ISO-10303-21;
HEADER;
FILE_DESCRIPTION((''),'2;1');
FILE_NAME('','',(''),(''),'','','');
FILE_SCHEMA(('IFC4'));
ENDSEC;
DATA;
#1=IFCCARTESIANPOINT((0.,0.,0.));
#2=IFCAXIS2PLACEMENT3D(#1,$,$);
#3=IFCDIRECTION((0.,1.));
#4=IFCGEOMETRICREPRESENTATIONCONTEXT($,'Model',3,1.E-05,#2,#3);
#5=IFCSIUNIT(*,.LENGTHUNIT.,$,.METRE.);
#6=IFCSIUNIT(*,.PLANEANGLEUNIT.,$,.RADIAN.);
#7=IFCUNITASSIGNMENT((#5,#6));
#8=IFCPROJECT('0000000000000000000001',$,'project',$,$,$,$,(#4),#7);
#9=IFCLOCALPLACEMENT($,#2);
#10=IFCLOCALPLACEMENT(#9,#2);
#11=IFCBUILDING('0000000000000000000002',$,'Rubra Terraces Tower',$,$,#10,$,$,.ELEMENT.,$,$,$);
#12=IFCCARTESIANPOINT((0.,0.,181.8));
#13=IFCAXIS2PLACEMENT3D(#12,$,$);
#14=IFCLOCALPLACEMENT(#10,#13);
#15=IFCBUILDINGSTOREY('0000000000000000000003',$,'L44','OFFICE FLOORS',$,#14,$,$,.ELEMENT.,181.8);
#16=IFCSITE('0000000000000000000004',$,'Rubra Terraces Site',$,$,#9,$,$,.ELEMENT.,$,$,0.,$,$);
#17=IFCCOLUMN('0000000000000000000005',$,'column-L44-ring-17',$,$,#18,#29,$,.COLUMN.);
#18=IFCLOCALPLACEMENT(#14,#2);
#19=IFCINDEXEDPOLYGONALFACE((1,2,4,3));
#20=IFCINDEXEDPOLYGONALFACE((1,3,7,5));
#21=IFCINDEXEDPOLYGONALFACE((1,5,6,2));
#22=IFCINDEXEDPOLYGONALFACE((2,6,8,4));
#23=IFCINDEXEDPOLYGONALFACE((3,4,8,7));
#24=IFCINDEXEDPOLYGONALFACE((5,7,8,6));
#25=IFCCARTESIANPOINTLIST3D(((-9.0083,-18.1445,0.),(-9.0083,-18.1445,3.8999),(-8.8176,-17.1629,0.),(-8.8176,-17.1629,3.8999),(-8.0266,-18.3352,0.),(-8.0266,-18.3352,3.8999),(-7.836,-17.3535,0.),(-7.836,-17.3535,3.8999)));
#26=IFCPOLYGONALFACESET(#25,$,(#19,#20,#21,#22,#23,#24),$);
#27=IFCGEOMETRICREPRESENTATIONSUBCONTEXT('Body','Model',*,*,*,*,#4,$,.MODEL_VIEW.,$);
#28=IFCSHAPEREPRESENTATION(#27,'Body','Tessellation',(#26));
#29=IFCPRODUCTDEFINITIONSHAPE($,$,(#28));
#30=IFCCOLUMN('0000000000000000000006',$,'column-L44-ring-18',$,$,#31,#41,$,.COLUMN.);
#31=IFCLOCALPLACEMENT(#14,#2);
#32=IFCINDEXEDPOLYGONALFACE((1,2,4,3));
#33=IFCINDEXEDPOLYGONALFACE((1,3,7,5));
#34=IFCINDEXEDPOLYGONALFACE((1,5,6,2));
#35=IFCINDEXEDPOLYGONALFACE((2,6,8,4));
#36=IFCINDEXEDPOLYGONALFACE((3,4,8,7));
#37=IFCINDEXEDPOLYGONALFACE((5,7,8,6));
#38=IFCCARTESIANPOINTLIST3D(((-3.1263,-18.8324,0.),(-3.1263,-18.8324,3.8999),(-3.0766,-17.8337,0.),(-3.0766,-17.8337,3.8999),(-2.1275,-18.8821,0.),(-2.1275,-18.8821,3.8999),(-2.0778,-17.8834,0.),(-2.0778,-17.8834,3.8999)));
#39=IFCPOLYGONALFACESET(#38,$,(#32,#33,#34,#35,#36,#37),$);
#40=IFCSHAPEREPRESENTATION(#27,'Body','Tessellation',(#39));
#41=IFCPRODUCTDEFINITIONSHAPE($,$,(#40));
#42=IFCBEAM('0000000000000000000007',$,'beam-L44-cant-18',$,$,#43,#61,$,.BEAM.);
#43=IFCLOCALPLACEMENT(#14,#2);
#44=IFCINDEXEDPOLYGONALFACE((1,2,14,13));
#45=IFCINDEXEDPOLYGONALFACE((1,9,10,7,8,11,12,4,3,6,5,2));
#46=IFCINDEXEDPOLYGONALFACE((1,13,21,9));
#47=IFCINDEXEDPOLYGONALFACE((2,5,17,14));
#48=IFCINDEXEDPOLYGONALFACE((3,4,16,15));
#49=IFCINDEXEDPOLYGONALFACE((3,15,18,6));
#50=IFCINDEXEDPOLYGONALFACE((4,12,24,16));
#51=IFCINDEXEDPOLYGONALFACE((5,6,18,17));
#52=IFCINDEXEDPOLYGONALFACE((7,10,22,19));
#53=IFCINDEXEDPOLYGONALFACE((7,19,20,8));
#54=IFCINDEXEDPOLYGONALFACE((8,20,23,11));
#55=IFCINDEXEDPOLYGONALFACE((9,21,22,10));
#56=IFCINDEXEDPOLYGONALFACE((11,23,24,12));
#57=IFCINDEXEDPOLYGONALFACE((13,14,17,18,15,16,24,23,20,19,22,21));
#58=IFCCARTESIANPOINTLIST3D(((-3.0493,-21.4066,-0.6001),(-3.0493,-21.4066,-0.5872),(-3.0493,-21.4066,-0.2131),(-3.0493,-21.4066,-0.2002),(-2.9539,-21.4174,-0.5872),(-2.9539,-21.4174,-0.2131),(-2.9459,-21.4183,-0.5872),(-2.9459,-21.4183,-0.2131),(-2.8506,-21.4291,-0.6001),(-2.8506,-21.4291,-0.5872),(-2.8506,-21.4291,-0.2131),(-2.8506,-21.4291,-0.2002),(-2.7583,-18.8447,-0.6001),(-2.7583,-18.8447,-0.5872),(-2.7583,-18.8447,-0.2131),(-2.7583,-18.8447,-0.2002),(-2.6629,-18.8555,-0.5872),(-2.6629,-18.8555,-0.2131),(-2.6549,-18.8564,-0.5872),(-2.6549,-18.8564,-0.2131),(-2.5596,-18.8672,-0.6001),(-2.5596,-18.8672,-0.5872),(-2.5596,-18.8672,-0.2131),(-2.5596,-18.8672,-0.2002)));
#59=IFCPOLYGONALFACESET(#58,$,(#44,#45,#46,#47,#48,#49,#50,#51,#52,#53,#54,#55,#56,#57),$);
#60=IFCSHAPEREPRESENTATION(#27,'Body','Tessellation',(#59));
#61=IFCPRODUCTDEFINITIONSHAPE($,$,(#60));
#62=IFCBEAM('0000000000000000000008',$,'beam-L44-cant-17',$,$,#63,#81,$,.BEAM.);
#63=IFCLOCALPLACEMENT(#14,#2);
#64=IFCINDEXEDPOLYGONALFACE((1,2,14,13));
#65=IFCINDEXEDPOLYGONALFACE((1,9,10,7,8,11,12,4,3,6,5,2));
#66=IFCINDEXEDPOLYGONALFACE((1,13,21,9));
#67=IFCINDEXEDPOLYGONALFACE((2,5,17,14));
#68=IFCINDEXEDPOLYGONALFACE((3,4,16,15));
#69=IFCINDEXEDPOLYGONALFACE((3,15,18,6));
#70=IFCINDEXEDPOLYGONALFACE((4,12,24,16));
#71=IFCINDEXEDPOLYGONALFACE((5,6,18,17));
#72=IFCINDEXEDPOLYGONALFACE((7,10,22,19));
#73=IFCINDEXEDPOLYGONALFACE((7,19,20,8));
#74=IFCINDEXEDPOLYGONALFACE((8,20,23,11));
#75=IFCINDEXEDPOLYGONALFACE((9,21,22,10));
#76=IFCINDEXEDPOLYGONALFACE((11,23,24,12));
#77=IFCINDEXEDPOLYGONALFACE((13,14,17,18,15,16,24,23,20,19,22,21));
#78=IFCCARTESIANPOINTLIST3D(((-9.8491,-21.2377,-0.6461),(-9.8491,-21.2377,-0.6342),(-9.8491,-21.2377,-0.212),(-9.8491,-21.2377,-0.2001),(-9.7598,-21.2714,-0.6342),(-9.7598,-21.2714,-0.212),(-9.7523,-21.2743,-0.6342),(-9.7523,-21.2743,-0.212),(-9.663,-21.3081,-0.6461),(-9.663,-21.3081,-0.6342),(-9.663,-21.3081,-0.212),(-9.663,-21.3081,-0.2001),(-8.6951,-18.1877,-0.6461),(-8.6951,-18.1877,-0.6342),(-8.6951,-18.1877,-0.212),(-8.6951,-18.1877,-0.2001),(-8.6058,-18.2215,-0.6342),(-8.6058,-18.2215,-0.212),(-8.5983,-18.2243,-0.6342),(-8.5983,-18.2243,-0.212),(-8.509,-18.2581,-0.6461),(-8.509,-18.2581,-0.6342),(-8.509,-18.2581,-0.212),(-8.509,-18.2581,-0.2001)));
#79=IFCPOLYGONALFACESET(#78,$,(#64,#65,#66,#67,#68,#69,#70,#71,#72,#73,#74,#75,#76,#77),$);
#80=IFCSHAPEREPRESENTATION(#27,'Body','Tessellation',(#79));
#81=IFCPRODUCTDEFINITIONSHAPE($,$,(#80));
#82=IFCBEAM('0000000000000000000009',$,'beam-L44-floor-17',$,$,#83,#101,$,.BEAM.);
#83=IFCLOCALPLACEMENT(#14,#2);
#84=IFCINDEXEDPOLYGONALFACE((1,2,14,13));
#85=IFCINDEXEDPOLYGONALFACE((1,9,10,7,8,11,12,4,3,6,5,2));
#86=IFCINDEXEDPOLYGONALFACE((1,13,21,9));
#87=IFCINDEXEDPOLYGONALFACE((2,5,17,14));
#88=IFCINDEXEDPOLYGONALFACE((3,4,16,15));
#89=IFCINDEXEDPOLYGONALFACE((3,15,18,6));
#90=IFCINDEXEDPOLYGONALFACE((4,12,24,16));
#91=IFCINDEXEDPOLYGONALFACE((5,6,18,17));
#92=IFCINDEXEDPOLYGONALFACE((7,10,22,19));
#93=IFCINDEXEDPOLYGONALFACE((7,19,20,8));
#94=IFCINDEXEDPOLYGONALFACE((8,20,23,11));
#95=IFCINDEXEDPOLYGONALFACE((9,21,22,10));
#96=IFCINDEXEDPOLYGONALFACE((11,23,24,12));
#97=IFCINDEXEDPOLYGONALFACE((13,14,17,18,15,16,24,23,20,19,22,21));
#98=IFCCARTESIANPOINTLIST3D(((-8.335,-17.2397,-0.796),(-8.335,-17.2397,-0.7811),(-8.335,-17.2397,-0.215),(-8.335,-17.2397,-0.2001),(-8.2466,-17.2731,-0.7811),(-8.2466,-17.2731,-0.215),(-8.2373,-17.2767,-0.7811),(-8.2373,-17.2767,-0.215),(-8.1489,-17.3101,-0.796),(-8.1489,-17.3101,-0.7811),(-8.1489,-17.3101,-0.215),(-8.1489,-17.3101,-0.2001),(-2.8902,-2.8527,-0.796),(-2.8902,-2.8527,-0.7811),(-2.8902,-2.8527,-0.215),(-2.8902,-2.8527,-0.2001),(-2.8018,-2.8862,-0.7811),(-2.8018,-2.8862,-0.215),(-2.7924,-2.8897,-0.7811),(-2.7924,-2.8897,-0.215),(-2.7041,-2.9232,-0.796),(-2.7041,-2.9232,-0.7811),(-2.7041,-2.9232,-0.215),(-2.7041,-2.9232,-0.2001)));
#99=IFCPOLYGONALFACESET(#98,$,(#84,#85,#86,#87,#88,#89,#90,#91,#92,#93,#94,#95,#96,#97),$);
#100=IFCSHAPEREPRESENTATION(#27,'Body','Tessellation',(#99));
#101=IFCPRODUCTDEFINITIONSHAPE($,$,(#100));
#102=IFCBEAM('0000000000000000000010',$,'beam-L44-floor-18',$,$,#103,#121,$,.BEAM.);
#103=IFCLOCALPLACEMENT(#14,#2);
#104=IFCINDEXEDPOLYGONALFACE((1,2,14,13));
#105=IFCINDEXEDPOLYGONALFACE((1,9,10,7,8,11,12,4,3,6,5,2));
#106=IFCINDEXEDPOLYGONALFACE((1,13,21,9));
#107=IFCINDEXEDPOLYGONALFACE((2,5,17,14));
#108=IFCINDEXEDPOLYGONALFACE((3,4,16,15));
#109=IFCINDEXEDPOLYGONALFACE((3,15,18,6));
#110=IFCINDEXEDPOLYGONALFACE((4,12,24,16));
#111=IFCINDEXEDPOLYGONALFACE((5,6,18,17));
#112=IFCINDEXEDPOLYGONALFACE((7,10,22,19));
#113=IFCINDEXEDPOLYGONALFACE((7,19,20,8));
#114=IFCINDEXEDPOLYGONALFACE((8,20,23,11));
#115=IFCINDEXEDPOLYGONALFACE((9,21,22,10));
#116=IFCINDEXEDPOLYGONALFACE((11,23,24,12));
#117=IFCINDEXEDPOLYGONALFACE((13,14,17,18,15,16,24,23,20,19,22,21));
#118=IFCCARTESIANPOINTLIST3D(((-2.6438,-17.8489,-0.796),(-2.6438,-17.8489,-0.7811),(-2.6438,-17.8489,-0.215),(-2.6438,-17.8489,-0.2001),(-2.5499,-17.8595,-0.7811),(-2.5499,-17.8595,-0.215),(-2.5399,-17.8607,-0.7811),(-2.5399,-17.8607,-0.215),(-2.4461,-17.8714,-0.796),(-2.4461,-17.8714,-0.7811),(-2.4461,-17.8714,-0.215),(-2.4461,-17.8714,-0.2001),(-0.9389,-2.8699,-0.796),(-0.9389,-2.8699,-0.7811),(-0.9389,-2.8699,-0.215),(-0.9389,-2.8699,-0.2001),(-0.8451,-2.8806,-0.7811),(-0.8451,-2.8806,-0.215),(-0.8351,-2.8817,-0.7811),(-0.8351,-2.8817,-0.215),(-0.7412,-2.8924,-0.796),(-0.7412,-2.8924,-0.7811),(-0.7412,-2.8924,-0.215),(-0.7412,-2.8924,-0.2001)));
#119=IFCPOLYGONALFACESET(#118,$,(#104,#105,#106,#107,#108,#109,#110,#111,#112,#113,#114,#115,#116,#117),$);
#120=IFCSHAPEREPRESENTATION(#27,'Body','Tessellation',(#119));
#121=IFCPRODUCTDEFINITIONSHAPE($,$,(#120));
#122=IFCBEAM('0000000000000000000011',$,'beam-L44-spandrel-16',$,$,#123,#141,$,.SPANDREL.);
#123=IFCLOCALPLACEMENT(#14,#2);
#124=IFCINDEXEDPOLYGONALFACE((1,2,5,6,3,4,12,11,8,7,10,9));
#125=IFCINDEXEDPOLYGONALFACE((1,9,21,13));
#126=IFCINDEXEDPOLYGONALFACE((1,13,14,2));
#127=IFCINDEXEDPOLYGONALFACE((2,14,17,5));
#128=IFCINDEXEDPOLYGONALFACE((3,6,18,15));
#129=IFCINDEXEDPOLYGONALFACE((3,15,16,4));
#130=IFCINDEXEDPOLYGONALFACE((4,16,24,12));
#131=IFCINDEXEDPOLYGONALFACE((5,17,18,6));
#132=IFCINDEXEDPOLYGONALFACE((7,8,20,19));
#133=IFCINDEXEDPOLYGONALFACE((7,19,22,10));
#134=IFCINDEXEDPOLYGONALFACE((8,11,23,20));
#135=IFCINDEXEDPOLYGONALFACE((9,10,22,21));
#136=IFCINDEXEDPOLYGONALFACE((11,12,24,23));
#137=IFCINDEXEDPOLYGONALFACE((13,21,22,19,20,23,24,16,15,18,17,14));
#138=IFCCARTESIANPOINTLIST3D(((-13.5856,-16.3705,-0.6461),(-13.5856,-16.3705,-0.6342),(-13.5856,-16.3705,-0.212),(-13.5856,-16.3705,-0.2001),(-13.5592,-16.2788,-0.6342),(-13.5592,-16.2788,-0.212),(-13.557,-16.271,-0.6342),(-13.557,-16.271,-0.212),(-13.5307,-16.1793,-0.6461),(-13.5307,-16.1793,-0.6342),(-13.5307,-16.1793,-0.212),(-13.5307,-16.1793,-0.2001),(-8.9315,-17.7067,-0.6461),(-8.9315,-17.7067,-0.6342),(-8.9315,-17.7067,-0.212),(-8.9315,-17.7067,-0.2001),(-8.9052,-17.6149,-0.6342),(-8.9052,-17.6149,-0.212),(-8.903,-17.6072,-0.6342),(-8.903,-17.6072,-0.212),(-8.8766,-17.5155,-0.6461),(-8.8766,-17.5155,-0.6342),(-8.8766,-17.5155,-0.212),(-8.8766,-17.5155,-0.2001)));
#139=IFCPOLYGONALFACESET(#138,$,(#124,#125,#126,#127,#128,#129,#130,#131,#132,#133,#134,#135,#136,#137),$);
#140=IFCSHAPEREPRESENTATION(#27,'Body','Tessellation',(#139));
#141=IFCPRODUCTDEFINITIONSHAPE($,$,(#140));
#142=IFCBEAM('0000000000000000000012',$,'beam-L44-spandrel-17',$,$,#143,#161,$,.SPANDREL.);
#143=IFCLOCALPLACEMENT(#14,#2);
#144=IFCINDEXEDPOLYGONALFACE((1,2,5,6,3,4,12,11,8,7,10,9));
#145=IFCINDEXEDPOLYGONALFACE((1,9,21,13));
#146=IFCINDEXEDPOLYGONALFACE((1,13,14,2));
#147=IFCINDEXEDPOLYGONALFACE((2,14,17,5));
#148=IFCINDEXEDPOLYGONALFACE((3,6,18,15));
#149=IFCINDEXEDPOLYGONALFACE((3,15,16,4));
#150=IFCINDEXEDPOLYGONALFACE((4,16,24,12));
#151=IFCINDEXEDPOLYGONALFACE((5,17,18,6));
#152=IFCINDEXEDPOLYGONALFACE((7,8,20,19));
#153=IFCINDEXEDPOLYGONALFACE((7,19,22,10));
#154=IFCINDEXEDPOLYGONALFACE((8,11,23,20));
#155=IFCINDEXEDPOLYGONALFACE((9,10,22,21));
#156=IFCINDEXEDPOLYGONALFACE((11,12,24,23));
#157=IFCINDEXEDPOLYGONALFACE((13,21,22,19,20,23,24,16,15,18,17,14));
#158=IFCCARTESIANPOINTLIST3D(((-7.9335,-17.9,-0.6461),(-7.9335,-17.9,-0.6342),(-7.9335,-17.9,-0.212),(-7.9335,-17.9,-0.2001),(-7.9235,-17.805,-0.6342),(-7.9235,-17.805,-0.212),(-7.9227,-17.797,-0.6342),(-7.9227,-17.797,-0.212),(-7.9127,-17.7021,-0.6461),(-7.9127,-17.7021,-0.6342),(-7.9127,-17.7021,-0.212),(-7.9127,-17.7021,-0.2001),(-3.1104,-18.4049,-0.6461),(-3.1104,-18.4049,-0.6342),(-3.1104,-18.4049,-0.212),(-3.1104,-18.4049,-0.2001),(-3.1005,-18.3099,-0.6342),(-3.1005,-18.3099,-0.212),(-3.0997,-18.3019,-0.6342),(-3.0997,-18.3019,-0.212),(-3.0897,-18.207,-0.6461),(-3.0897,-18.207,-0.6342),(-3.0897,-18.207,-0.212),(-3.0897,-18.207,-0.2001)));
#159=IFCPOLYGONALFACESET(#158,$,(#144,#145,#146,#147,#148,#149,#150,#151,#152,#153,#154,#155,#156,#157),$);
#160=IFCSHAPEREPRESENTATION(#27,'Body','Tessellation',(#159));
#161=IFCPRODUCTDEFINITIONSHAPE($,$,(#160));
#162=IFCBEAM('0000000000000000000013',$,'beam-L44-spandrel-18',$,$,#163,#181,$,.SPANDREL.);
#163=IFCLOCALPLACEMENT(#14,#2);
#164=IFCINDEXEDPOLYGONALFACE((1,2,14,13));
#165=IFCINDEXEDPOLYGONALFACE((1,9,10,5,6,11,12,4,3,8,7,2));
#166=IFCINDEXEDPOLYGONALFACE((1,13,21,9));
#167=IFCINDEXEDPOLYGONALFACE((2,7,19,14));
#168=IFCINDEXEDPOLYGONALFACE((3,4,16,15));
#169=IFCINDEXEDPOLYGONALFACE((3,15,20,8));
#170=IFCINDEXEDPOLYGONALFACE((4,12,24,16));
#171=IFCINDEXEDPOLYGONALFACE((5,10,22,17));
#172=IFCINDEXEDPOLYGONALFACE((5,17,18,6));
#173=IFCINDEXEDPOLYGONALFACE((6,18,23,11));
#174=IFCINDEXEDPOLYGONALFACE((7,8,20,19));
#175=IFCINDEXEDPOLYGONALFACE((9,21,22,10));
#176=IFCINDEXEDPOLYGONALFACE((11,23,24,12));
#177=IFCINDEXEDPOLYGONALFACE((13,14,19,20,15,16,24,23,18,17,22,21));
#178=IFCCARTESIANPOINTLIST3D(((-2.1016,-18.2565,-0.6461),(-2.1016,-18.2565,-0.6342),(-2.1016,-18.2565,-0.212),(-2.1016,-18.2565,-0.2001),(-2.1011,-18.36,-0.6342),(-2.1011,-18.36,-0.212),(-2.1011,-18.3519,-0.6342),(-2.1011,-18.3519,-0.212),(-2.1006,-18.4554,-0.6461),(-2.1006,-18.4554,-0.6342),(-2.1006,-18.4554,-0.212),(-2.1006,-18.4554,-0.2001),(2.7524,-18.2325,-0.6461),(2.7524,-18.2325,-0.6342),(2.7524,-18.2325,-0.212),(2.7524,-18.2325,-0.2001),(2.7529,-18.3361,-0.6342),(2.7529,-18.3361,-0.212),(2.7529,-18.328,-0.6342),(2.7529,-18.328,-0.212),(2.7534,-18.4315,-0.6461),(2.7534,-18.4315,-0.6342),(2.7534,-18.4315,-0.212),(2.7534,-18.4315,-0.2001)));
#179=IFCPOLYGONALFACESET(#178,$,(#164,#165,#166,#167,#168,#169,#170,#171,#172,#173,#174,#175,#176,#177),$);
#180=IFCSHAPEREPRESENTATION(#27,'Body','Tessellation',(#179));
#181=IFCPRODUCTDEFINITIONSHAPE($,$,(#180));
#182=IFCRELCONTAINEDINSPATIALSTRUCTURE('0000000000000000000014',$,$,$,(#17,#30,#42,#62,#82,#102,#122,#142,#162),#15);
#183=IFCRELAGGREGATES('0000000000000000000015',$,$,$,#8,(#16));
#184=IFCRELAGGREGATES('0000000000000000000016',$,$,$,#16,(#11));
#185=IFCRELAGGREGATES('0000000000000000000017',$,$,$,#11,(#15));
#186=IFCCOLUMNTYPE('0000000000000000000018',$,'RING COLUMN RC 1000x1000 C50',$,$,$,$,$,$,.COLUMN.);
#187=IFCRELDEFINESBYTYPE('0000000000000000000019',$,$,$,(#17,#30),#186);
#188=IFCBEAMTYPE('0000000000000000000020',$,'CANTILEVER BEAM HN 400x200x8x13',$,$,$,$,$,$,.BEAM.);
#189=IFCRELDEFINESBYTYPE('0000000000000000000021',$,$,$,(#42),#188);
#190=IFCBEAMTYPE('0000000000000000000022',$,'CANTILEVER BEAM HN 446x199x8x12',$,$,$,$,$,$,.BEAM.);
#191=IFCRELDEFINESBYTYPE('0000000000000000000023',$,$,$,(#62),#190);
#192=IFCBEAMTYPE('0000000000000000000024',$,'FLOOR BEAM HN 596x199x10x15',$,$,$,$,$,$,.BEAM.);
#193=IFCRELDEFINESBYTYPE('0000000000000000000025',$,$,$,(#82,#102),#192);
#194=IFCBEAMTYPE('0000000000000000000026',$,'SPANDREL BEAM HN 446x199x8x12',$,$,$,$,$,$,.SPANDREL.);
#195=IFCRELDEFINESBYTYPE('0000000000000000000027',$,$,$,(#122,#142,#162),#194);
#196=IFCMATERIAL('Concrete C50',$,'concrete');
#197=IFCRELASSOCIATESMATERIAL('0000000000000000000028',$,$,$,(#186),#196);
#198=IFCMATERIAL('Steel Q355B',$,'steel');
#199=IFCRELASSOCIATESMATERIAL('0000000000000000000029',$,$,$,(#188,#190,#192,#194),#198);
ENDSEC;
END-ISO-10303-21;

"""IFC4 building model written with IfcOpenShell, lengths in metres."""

from ifc_helpers import new_model, si_unit, direction, frame, origin, origin_2d, place, context, subcontext, project, spatial, rectangle, i_section, extrude, material, material_profile, profile_set, type_object, element, save


model = new_model("IFC4")

# Units and contexts
model_context = context("Model", 3, precision=1e-05, world=origin(), true_north=direction((0.0, 1.0)))
body_context = subcontext(model_context, "Body", "Model", "MODEL_VIEW")
ifc_project = project(units=[si_unit("LENGTHUNIT", "METRE"), si_unit("PLANEANGLEUNIT", "RADIAN")], contexts=[model_context])

# Site, building, storey
site_placement = place(None, origin())
site = spatial("IfcSite", under=ifc_project, at=site_placement, Name="Rubra Terraces Site", CompositionType="ELEMENT", RefElevation=0.0)
building_placement = place(site_placement, origin())
building = spatial("IfcBuilding", under=site, at=building_placement, Name="Rubra Terraces Tower", CompositionType="ELEMENT")
storey_placement = place(building_placement, frame((0.0, 0.0, 181.8)))
storey = spatial("IfcBuildingStorey", under=building, at=storey_placement, Name="L44", Description="OFFICE FLOORS", CompositionType="ELEMENT", Elevation=181.8)

# Columns
ifc_material_1 = material(Name="Concrete C50", Category="concrete")
ifc_material_profile_1 = material_profile(ifc_material_1, rectangle(XDim=1.0, YDim=1.0, at=origin_2d()), Name="RC 1000x1000")
ifc_profile_set_1 = profile_set([ifc_material_profile_1], Name="Concrete C50")
column_type = type_object("IfcColumnType", Name="RING COLUMN RC 1000x1000 C50", PredefinedType="COLUMN", material=ifc_profile_set_1)
for number, where, z_axis, x_axis, name in (
    (1, (-8.4221, -17.749, 0.0), (0.0, 0.0, 1.0), (0.981655, -0.190668, 0.0), "column-L44-ring-17"),
    (2, (-2.6021, -18.3579, 0.0), (0.0, 0.0, 1.0), (0.998764, -0.049699, 0.0), "column-L44-ring-18"),
):
    element("IfcColumn", number, at=place(storey_placement, frame(where, z_axis=z_axis, x_axis=x_axis)), inside=storey, type_object=column_type, Name=name, PredefinedType="COLUMN", context=body_context, shape_type="SweptSolid", body=[
        extrude(rectangle(XDim=1.0, YDim=1.0, at=origin_2d()), origin(), (0.0, 0.0, 1.0), 3.8999),
    ])

# Beams
ifc_material_2 = material(Name="Steel Q355B", Category="steel")
ifc_material_profile_2 = material_profile(ifc_material_2, i_section(OverallWidth=0.2, OverallDepth=0.3999, WebThickness=0.0081, FlangeThickness=0.0129, at=origin_2d()), Name="HN 400x200x8x13")
ifc_profile_set_2 = profile_set([ifc_material_profile_2], Name="Steel Q355B")
beam_type_1 = type_object("IfcBeamType", Name="CANTILEVER BEAM HN 400x200x8x13", PredefinedType="BEAM", material=ifc_profile_set_2)
beam_1_placement = place(storey_placement, frame((-2.6589, -18.856, -0.4001), z_axis=(-0.112863, -0.993611, 0.0), x_axis=(0.993611, -0.112863, 0.0)))
element("IfcBeam", 3, at=beam_1_placement, inside=storey, type_object=beam_type_1, Name="beam-L44-cant-18", PredefinedType="BEAM", context=body_context, shape_type="SweptSolid", body=[
    extrude(i_section(OverallWidth=0.2, OverallDepth=0.3999, WebThickness=0.0081, FlangeThickness=0.0129, at=origin_2d()), origin(), (0.0, 0.0, 1.0), 2.5784),
])
ifc_material_profile_3 = material_profile(ifc_material_2, i_section(OverallWidth=0.199, OverallDepth=0.446, WebThickness=0.0081, FlangeThickness=0.012, at=origin_2d()), Name="HN 446x199x8x12")
ifc_profile_set_3 = profile_set([ifc_material_profile_3], Name="Steel Q355B")
beam_type_2 = type_object("IfcBeamType", Name="CANTILEVER BEAM HN 446x199x8x12", PredefinedType="BEAM", material=ifc_profile_set_3)
beam_2_placement = place(storey_placement, frame((-8.6021, -18.2229, -0.4231), z_axis=(-0.353887, -0.935288, 0.0), x_axis=(0.935288, -0.353887, 0.0)))
element("IfcBeam", 4, at=beam_2_placement, inside=storey, type_object=beam_type_2, Name="beam-L44-cant-17", PredefinedType="BEAM", context=body_context, shape_type="SweptSolid", body=[
    extrude(i_section(OverallWidth=0.199, OverallDepth=0.446, WebThickness=0.0081, FlangeThickness=0.012, at=origin_2d()), origin(), (0.0, 0.0, 1.0), 3.261),
])
ifc_material_profile_4 = material_profile(ifc_material_2, i_section(OverallWidth=0.199, OverallDepth=0.5959, WebThickness=0.01, FlangeThickness=0.0149, at=origin_2d()), Name="HN 596x199x10x15")
ifc_profile_set_4 = profile_set([ifc_material_profile_4], Name="Steel Q355B")
beam_type_3 = type_object("IfcBeamType", Name="FLOOR BEAM HN 596x199x10x15", PredefinedType="BEAM", material=ifc_profile_set_4)
beam_3_placement = place(storey_placement, frame((-8.2419, -17.2749, -0.498), z_axis=(0.353955, 0.935262, 0.0), x_axis=(-0.935262, 0.353955, 0.0)))
element("IfcBeam", 5, at=beam_3_placement, inside=storey, type_object=beam_type_3, Name="beam-L44-floor-17", PredefinedType="BEAM", context=body_context, shape_type="SweptSolid", body=[
    extrude(i_section(OverallWidth=0.199, OverallDepth=0.5959, WebThickness=0.01, FlangeThickness=0.0149, at=origin_2d()), origin(), (0.0, 0.0, 1.0), 15.3828),
])
beam_4_placement = place(storey_placement, frame((-2.5449, -17.8601, -0.498), z_axis=(0.113085, 0.993585, 0.0), x_axis=(-0.993585, 0.113085, 0.0)))
element("IfcBeam", 6, at=beam_4_placement, inside=storey, type_object=beam_type_3, Name="beam-L44-floor-18", PredefinedType="BEAM", context=body_context, shape_type="SweptSolid", body=[
    extrude(i_section(OverallWidth=0.199, OverallDepth=0.5959, WebThickness=0.01, FlangeThickness=0.0149, at=origin_2d()), origin(), (0.0, 0.0, 1.0), 15.0757),
])
ifc_material_profile_5 = material_profile(ifc_material_2, i_section(OverallWidth=0.199, OverallDepth=0.446, WebThickness=0.0081, FlangeThickness=0.012, at=origin_2d()), Name="HN 446x199x8x12")
ifc_profile_set_5 = profile_set([ifc_material_profile_5], Name="Steel Q355B")
beam_type_4 = type_object("IfcBeamType", Name="SPANDREL BEAM HN 446x199x8x12", PredefinedType="SPANDREL", material=ifc_profile_set_5)
beam_5_placement = place(storey_placement, frame((-13.5581, -16.2749, -0.4231), z_axis=(0.961171, -0.275953, 0.0), x_axis=(0.275953, 0.961171, 0.0)))
element("IfcBeam", 7, at=beam_5_placement, inside=storey, type_object=beam_type_4, Name="beam-L44-spandrel-16", PredefinedType="SPANDREL", context=body_context, shape_type="SweptSolid", body=[
    extrude(i_section(OverallWidth=0.199, OverallDepth=0.446, WebThickness=0.0081, FlangeThickness=0.012, at=origin_2d()), origin(), (0.0, 0.0, 1.0), 4.842),
])
beam_6_placement = place(storey_placement, frame((-7.9231, -17.801, -0.4231), z_axis=(0.994565, -0.104113, 0.0), x_axis=(0.104113, 0.994565, 0.0)))
element("IfcBeam", 8, at=beam_6_placement, inside=storey, type_object=beam_type_4, Name="beam-L44-spandrel-17", PredefinedType="SPANDREL", context=body_context, shape_type="SweptSolid", body=[
    extrude(i_section(OverallWidth=0.199, OverallDepth=0.446, WebThickness=0.0081, FlangeThickness=0.012, at=origin_2d()), origin(), (0.0, 0.0, 1.0), 4.8494),
])
beam_7_placement = place(storey_placement, frame((-2.1011, -18.356, -0.4231), z_axis=(0.999988, 0.004929, 0.0), x_axis=(-0.004929, 0.999988, 0.0)))
element("IfcBeam", 9, at=beam_7_placement, inside=storey, type_object=beam_type_4, Name="beam-L44-spandrel-18", PredefinedType="SPANDREL", context=body_context, shape_type="SweptSolid", body=[
    extrude(i_section(OverallWidth=0.199, OverallDepth=0.446, WebThickness=0.0081, FlangeThickness=0.012, at=origin_2d()), origin(), (0.0, 0.0, 1.0), 4.854),
])

save(model, "model.ifc")
